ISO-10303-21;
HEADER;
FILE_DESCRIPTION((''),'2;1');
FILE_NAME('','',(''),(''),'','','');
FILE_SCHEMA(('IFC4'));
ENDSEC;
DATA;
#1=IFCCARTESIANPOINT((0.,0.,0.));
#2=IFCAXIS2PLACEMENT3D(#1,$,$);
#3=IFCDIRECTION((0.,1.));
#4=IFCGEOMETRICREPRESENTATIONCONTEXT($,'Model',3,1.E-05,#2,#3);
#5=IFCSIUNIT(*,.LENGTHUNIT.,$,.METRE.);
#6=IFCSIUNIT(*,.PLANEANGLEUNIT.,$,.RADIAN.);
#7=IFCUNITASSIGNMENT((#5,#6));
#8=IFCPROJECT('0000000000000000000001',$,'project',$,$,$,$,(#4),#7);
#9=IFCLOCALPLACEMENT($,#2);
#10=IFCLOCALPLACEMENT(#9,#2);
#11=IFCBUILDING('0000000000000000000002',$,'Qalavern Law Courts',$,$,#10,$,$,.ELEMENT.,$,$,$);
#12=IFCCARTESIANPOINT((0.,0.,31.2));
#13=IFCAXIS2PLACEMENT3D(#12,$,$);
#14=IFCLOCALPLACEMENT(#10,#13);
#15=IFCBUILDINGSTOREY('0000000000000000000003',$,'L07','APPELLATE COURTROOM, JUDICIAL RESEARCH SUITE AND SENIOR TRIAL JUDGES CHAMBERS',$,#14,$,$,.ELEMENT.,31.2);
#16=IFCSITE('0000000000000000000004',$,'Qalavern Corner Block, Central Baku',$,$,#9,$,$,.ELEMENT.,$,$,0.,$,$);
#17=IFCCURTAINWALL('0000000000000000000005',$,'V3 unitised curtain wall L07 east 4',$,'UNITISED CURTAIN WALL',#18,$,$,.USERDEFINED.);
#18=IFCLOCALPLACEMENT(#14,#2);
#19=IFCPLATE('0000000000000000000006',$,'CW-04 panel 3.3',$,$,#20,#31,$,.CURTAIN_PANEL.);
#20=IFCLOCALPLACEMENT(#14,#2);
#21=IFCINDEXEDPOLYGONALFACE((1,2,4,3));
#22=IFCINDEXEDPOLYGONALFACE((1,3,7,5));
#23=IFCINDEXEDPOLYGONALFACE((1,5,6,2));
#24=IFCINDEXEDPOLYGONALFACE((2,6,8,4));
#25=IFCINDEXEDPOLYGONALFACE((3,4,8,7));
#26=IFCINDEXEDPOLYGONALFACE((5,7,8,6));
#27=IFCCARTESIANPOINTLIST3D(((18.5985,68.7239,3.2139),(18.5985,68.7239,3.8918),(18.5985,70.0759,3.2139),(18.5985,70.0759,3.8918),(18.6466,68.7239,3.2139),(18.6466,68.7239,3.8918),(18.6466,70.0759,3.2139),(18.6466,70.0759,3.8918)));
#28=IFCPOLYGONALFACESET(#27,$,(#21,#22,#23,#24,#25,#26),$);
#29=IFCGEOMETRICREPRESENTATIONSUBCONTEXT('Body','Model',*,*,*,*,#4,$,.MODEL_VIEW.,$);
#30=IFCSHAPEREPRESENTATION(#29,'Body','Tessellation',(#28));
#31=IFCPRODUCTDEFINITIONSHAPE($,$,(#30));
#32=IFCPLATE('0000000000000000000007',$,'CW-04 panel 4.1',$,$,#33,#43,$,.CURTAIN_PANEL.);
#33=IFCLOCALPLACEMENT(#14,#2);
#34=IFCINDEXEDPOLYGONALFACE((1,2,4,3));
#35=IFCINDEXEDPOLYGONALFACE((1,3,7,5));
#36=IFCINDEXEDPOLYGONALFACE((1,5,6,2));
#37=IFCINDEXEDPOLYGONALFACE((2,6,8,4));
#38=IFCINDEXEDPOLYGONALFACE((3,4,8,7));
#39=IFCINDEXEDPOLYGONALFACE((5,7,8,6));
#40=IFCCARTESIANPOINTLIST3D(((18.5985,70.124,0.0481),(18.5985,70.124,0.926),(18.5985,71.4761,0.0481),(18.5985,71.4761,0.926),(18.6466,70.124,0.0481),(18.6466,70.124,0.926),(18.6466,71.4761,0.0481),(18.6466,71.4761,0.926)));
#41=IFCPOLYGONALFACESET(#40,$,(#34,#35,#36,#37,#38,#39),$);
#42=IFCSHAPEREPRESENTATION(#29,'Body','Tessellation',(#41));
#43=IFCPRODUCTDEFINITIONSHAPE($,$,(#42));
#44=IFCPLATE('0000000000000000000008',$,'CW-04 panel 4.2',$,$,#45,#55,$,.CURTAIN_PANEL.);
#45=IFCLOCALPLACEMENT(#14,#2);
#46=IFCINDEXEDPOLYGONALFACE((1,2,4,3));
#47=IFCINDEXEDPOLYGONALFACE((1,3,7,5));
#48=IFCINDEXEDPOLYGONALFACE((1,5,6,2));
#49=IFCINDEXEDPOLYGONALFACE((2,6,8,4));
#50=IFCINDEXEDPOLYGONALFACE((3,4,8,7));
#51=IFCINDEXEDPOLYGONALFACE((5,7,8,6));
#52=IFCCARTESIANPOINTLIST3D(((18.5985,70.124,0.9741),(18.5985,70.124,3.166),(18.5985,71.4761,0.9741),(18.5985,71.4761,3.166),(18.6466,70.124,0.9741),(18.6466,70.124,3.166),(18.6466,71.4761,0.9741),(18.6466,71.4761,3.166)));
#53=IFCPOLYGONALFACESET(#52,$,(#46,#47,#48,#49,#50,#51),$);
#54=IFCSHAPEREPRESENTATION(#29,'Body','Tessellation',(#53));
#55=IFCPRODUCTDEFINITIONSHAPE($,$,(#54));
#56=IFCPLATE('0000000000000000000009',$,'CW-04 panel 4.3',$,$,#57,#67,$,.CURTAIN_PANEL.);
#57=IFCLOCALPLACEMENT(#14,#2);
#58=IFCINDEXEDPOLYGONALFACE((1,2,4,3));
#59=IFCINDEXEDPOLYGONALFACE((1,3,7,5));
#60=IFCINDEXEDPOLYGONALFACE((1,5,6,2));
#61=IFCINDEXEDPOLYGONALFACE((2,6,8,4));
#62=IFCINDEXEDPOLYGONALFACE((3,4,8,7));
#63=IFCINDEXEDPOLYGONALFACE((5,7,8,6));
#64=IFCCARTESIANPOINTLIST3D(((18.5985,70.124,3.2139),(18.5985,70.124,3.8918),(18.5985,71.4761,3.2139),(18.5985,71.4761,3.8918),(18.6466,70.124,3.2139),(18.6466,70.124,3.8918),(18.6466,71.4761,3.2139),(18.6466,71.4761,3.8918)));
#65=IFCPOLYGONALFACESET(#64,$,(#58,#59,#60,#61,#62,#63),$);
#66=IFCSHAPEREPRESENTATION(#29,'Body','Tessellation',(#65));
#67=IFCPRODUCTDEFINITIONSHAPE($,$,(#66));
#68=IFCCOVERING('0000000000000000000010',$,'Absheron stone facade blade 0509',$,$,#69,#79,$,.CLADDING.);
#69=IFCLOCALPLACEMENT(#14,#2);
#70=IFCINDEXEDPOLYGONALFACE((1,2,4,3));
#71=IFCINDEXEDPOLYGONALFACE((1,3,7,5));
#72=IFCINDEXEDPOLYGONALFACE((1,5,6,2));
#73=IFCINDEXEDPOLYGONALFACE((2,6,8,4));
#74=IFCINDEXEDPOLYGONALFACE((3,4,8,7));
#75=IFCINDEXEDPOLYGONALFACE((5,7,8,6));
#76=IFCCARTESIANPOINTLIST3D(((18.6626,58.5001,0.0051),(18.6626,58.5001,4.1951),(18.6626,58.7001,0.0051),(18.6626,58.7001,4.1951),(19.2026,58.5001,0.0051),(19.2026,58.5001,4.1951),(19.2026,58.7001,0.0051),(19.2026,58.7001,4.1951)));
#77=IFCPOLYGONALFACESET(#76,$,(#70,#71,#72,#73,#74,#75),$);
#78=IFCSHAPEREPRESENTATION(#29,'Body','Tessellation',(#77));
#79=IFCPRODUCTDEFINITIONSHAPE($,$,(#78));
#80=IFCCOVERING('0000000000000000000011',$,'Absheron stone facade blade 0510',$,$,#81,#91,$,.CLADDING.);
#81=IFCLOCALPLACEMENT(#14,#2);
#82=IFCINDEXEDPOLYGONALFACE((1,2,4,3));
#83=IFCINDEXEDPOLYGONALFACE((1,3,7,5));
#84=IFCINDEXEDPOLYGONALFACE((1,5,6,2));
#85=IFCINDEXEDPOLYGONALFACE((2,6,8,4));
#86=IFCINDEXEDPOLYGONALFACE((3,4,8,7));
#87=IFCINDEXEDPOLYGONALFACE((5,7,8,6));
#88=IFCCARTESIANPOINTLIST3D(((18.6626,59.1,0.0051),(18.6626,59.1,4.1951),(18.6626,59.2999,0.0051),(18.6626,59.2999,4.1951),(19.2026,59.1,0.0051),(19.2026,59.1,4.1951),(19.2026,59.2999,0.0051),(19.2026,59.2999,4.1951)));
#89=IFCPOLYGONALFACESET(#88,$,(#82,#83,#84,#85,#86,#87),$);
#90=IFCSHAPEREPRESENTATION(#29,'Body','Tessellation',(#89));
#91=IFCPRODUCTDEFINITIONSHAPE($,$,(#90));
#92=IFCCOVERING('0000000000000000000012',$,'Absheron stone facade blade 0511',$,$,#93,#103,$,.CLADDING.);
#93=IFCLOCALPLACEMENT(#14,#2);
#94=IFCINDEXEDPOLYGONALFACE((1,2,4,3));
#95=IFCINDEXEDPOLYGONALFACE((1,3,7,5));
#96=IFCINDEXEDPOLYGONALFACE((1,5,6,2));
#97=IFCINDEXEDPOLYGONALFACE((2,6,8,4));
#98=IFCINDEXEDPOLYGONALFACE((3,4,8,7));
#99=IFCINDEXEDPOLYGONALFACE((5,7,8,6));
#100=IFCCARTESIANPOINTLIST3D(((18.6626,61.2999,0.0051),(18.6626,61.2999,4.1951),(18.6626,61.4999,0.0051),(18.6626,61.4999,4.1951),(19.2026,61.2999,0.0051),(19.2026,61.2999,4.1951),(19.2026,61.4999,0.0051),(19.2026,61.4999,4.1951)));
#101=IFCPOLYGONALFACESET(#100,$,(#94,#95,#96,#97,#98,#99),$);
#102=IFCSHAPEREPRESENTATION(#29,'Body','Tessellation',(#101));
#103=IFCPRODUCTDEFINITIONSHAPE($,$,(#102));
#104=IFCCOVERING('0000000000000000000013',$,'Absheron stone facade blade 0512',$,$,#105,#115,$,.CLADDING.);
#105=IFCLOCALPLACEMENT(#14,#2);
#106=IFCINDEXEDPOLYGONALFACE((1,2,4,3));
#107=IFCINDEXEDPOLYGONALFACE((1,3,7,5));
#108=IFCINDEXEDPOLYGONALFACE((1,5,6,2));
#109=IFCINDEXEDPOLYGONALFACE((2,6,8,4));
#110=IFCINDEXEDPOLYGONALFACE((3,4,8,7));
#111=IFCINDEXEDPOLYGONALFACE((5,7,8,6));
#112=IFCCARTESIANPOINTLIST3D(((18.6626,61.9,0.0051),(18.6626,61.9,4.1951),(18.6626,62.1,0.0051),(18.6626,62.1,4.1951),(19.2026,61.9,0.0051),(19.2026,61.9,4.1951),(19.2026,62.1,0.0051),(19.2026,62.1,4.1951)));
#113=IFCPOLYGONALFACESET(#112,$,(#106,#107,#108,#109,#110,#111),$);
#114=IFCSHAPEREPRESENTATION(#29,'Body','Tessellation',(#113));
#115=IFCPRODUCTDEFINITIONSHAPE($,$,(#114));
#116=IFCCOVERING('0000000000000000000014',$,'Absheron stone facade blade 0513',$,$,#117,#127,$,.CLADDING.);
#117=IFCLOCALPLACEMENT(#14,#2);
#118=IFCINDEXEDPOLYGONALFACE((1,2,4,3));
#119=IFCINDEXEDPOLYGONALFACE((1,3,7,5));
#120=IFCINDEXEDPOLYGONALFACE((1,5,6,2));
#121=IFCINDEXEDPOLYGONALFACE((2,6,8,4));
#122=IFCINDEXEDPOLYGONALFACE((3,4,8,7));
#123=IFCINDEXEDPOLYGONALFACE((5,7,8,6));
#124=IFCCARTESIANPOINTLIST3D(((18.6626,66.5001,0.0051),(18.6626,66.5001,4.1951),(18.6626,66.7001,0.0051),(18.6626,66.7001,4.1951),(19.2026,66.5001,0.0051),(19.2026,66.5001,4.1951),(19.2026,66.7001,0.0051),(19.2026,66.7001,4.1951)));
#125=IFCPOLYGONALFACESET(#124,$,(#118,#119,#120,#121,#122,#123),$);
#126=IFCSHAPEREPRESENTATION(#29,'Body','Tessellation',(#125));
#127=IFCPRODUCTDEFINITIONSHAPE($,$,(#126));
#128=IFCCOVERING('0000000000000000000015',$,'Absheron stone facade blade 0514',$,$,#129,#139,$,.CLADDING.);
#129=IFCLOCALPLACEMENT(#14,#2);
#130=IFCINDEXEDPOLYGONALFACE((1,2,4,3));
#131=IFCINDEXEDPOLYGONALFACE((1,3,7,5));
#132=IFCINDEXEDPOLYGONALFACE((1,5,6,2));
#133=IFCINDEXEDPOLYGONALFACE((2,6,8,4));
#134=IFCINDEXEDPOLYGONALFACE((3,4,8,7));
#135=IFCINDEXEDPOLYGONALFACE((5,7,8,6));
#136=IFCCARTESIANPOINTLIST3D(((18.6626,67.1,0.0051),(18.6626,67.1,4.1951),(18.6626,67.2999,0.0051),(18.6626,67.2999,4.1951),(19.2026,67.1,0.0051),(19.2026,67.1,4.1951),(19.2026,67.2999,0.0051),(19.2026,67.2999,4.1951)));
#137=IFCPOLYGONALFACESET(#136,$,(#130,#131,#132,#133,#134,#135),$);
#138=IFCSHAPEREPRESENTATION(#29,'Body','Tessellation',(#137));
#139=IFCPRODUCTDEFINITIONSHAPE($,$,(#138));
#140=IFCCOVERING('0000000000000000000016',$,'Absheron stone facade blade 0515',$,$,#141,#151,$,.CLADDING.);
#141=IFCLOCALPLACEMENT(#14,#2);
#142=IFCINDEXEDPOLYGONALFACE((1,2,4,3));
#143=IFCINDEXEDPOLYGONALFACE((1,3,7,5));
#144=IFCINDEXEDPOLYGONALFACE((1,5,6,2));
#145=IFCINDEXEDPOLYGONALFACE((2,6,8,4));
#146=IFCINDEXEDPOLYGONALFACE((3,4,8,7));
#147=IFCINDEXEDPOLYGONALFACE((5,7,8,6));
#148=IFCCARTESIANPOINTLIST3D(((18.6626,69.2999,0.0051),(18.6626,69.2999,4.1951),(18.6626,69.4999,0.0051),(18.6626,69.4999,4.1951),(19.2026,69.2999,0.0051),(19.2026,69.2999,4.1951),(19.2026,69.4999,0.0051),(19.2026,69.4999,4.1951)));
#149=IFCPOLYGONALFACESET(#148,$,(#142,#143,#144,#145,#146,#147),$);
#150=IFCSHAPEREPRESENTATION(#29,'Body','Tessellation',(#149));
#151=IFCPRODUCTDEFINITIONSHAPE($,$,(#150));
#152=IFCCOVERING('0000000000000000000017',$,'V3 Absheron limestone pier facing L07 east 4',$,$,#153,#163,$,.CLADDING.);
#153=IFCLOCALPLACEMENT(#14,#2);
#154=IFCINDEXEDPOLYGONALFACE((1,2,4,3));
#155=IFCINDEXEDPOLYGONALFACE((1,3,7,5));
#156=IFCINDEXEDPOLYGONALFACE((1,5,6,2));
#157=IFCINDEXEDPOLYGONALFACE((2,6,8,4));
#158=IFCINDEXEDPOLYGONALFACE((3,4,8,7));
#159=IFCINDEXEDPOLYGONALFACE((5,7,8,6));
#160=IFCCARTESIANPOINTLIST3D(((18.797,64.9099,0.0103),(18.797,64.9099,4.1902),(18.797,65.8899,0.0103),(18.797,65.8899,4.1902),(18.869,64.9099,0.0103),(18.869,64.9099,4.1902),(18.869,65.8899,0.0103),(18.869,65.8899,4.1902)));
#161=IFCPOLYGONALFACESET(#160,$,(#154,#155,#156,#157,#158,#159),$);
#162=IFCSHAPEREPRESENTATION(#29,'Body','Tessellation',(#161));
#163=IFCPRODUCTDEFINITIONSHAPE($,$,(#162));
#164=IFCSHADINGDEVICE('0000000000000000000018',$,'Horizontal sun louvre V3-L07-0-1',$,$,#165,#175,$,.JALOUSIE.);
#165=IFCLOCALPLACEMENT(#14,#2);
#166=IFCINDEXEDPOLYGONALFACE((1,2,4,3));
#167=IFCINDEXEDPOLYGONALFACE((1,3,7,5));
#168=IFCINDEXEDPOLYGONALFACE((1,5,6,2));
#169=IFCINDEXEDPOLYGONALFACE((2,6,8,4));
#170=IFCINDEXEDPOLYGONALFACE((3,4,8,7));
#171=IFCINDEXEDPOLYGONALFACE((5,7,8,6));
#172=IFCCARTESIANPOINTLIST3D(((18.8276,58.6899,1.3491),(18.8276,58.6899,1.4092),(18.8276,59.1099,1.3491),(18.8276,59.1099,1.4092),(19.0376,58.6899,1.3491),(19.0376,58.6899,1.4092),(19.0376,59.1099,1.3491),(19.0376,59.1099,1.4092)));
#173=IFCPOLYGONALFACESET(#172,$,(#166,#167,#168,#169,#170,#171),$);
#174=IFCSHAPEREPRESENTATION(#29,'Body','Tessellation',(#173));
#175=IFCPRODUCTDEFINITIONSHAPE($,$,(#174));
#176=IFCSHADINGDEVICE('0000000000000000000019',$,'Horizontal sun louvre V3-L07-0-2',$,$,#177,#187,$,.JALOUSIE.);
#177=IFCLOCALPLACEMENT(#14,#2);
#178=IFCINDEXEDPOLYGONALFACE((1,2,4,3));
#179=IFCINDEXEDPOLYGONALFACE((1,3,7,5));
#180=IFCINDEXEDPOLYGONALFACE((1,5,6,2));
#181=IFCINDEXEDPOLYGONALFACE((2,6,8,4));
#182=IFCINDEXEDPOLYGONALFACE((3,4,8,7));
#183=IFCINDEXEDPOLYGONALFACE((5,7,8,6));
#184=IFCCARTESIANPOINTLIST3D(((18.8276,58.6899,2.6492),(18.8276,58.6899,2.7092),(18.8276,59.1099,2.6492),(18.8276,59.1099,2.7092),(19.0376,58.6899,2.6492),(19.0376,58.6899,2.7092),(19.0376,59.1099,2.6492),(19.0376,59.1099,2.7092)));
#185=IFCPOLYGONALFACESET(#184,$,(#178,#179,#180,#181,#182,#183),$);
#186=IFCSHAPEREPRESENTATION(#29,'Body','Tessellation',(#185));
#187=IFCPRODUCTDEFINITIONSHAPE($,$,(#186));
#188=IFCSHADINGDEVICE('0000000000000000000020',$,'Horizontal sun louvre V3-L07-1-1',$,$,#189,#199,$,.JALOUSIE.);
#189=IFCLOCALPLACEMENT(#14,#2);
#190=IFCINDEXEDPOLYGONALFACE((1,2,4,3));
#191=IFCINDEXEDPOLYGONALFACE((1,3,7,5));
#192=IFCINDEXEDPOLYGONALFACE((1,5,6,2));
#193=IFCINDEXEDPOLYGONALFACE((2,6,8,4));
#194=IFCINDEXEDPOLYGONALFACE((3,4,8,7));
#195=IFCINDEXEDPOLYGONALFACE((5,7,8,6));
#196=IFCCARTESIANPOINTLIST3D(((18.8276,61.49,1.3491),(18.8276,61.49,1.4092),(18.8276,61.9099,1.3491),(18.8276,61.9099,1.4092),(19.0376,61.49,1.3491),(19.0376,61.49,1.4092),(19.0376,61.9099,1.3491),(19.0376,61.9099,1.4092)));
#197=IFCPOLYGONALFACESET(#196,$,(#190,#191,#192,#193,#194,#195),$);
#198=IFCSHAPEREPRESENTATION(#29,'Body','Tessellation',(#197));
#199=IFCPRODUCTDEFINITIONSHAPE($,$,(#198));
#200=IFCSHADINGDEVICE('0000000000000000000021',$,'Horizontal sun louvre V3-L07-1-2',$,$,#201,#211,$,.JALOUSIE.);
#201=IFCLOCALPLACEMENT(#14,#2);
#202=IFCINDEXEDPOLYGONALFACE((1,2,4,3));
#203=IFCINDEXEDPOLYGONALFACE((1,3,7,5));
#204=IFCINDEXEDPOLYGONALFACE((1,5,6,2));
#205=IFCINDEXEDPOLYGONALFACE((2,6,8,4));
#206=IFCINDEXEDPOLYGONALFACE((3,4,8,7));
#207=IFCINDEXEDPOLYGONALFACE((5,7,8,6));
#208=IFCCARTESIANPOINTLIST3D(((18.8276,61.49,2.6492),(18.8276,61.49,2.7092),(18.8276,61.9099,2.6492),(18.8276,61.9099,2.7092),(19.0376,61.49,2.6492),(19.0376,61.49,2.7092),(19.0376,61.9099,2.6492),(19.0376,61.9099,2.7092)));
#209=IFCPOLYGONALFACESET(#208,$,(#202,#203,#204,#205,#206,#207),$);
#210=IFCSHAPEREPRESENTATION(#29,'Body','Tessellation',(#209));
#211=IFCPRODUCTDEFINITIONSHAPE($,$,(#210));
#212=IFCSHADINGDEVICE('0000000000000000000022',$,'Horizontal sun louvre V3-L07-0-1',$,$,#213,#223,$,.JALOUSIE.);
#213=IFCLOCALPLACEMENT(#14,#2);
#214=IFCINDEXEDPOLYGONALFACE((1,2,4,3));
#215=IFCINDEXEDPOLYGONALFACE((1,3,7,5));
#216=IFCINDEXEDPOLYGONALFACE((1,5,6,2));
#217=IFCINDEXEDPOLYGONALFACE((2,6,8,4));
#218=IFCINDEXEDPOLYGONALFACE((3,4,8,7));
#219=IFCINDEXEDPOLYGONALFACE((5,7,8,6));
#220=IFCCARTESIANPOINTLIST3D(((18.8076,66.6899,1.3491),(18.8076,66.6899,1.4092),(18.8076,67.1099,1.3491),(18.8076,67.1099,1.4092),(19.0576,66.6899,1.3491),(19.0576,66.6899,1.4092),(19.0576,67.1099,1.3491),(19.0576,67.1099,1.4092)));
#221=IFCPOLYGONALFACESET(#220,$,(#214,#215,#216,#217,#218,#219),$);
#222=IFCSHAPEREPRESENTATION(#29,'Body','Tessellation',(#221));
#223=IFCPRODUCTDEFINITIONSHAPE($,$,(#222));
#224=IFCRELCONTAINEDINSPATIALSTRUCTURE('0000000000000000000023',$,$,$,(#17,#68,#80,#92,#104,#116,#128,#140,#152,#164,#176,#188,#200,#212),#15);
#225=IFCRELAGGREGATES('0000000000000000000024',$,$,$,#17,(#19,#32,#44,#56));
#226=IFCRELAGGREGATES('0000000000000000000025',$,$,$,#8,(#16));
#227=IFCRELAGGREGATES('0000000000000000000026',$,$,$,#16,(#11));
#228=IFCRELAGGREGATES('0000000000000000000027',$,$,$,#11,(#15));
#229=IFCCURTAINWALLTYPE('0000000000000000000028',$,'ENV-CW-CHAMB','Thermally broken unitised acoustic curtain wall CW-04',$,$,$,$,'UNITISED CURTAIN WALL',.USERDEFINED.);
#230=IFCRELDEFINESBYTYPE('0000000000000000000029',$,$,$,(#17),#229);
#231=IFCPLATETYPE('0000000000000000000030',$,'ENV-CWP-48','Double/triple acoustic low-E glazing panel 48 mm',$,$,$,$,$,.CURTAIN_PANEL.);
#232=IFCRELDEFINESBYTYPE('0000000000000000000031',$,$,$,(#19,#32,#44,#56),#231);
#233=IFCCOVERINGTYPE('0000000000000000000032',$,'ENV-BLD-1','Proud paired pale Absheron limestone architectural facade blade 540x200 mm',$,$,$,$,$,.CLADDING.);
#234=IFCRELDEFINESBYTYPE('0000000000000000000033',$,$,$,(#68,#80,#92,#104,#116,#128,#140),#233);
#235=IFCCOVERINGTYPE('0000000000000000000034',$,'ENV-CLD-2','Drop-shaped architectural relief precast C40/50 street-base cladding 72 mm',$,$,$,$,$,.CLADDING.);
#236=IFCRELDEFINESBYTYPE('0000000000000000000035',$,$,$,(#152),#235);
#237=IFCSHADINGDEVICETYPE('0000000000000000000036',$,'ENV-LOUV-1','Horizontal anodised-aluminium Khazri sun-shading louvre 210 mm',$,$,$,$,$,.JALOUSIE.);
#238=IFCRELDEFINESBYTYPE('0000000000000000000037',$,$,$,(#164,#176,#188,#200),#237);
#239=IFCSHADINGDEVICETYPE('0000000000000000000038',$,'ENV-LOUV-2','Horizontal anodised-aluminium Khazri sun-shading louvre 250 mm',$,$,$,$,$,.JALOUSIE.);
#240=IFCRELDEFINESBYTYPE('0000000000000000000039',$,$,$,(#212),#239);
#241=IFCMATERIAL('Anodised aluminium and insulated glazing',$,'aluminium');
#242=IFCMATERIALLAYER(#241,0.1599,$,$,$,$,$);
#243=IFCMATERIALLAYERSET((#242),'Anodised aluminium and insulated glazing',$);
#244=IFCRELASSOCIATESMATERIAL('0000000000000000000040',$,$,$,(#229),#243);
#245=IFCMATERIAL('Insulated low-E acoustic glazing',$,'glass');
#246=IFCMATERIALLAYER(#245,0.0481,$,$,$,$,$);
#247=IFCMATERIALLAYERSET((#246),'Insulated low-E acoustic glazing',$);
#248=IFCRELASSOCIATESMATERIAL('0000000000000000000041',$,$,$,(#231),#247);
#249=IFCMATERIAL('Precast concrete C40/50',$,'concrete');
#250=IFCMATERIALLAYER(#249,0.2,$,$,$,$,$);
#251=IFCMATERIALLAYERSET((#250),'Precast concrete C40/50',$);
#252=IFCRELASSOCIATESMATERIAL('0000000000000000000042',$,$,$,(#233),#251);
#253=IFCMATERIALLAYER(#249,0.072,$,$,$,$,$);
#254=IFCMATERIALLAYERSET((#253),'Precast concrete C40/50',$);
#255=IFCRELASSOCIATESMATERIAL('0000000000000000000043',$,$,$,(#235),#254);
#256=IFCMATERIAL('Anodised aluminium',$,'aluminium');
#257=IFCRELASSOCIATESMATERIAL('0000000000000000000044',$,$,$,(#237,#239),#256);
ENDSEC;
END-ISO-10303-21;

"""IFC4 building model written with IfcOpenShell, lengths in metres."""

from ifc_helpers import new_model, si_unit, direction, frame, origin, origin_2d, place, context, subcontext, project, spatial, rectangle, extrude, material, layer, layer_set, type_object, element, aggregate, save


model = new_model("IFC4")

# Units and contexts
model_context = context("Model", 3, precision=1e-05, world=origin(), true_north=direction((0.0, 1.0)))
body_context = subcontext(model_context, "Body", "Model", "MODEL_VIEW")
ifc_project = project(units=[si_unit("LENGTHUNIT", "METRE"), si_unit("PLANEANGLEUNIT", "RADIAN")], contexts=[model_context])

# Site, building, storey
site_placement = place(None, origin())
site = spatial("IfcSite", under=ifc_project, at=site_placement, Name="Qalavern Corner Block, Central Baku", CompositionType="ELEMENT", RefElevation=0.0)
building_placement = place(site_placement, origin())
building = spatial("IfcBuilding", under=site, at=building_placement, Name="Qalavern Law Courts", CompositionType="ELEMENT")
storey_placement = place(building_placement, frame((0.0, 0.0, 31.2)))
storey = spatial("IfcBuildingStorey", under=building, at=storey_placement, Name="L07", Description="APPELLATE COURTROOM, JUDICIAL RESEARCH SUITE AND SENIOR TRIAL JUDGES CHAMBERS", CompositionType="ELEMENT", Elevation=31.2)

# Curtain wall, plates
ifc_material_1 = material(Name="Anodised aluminium and insulated glazing", Category="aluminium")
ifc_layer_1 = layer(ifc_material_1, 0.1599)
ifc_layer_set_1 = layer_set([ifc_layer_1], Name="Anodised aluminium and insulated glazing")
curtain_wall_type = type_object("IfcCurtainWallType", Name="ENV-CW-CHAMB", Description="Thermally broken unitised acoustic curtain wall CW-04", ElementType="UNITISED CURTAIN WALL", PredefinedType="USERDEFINED", material=ifc_layer_set_1)
curtain_wall_placement = place(storey_placement, origin())
curtain_wall = element("IfcCurtainWall", 1, at=curtain_wall_placement, inside=storey, type_object=curtain_wall_type, Name="V3 unitised curtain wall L07 east 4", ObjectType="UNITISED CURTAIN WALL", PredefinedType="USERDEFINED")
ifc_material_2 = material(Name="Anodised aluminium", Category="aluminium")
ifc_material_3 = material(Name="Insulated low-E acoustic glazing", Category="glass")
ifc_layer_2 = layer(ifc_material_3, 0.0481)
ifc_layer_set_2 = layer_set([ifc_layer_2], Name="Insulated low-E acoustic glazing")
plate_type = type_object("IfcPlateType", Name="ENV-CWP-48", Description="Double/triple acoustic low-E glazing panel 48 mm", PredefinedType="CURTAIN_PANEL", material=ifc_layer_set_2)
plate_1_placement = place(storey_placement, frame((18.6226, 69.3999, 3.2139), z_axis=(0.0, 0.0, 1.0), x_axis=(0.0, 1.0, 0.0)))
plate_1 = element("IfcPlate", 2, at=plate_1_placement, type_object=plate_type, Name="CW-04 panel 3.3", PredefinedType="CURTAIN_PANEL", context=body_context, shape_type="SweptSolid", body=[
    extrude(rectangle(XDim=1.3521, YDim=0.0481, at=origin_2d()), origin(), (0.0, 0.0, 1.0), 0.678),
])
plate_2_placement = place(storey_placement, frame((18.6226, 70.8, 0.0481), z_axis=(0.0, 0.0, 1.0), x_axis=(0.0, 1.0, 0.0)))
plate_2 = element("IfcPlate", 3, at=plate_2_placement, type_object=plate_type, Name="CW-04 panel 4.1", PredefinedType="CURTAIN_PANEL", context=body_context, shape_type="SweptSolid", body=[
    extrude(rectangle(XDim=1.3521, YDim=0.0481, at=origin_2d()), origin(), (0.0, 0.0, 1.0), 0.8779),
])
plate_3_placement = place(storey_placement, frame((18.6226, 70.8, 0.9741), z_axis=(0.0, 0.0, 1.0), x_axis=(0.0, 1.0, 0.0)))
plate_3 = element("IfcPlate", 4, at=plate_3_placement, type_object=plate_type, Name="CW-04 panel 4.2", PredefinedType="CURTAIN_PANEL", context=body_context, shape_type="SweptSolid", body=[
    extrude(rectangle(XDim=1.3521, YDim=0.0481, at=origin_2d()), origin(), (0.0, 0.0, 1.0), 2.1919),
])
plate_4_placement = place(storey_placement, frame((18.6226, 70.8, 3.2139), z_axis=(0.0, 0.0, 1.0), x_axis=(0.0, 1.0, 0.0)))
plate_4 = element("IfcPlate", 5, at=plate_4_placement, type_object=plate_type, Name="CW-04 panel 4.3", PredefinedType="CURTAIN_PANEL", context=body_context, shape_type="SweptSolid", body=[
    extrude(rectangle(XDim=1.3521, YDim=0.0481, at=origin_2d()), origin(), (0.0, 0.0, 1.0), 0.678),
])
aggregate(curtain_wall, [plate_1, plate_2, plate_3, plate_4])

# Coverings
ifc_material_4 = material(Name="Precast concrete C40/50", Category="concrete")
ifc_layer_3 = layer(ifc_material_4, 0.2)
ifc_layer_set_3 = layer_set([ifc_layer_3], Name="Precast concrete C40/50")
covering_type_1 = type_object("IfcCoveringType", Name="ENV-BLD-1", Description="Proud paired pale Absheron limestone architectural facade blade 540x200 mm", PredefinedType="CLADDING", material=ifc_layer_set_3)
for number, where, z_axis, x_axis, name in (
    (6, (18.9326, 58.6001, 0.0051), (0.0, 0.0, 1.0), (1.0, 0.0, 0.0), "Absheron stone facade blade 0509"),
    (7, (18.9326, 59.2, 0.0051), (0.0, 0.0, 1.0), (1.0, 0.0, 0.0), "Absheron stone facade blade 0510"),
    (8, (18.9326, 61.3999, 0.0051), (0.0, 0.0, 1.0), (1.0, 0.0, 0.0), "Absheron stone facade blade 0511"),
    (9, (18.9326, 62.0, 0.0051), (0.0, 0.0, 1.0), (1.0, 0.0, 0.0), "Absheron stone facade blade 0512"),
    (10, (18.9326, 66.6001, 0.0051), (0.0, 0.0, 1.0), (1.0, 0.0, 0.0), "Absheron stone facade blade 0513"),
    (11, (18.9326, 67.2, 0.0051), (0.0, 0.0, 1.0), (1.0, 0.0, 0.0), "Absheron stone facade blade 0514"),
    (12, (18.9326, 69.3999, 0.0051), (0.0, 0.0, 1.0), (1.0, 0.0, 0.0), "Absheron stone facade blade 0515"),
):
    element("IfcCovering", number, at=place(storey_placement, frame(where, z_axis=z_axis, x_axis=x_axis)), inside=storey, type_object=covering_type_1, Name=name, PredefinedType="CLADDING", context=body_context, shape_type="SweptSolid", body=[
        extrude(rectangle(XDim=0.54, YDim=0.2, at=origin_2d()), origin(), (0.0, 0.0, 1.0), 4.1899),
    ])
ifc_layer_4 = layer(ifc_material_4, 0.072)
ifc_layer_set_4 = layer_set([ifc_layer_4], Name="Precast concrete C40/50")
covering_type_2 = type_object("IfcCoveringType", Name="ENV-CLD-2", Description="Drop-shaped architectural relief precast C40/50 street-base cladding 72 mm", PredefinedType="CLADDING", material=ifc_layer_set_4)
covering_placement = place(storey_placement, frame((18.833, 65.3999, 0.0103), z_axis=(0.0, 0.0, 1.0), x_axis=(0.0, 1.0, 0.0)))
element("IfcCovering", 13, at=covering_placement, inside=storey, type_object=covering_type_2, Name="V3 Absheron limestone pier facing L07 east 4", PredefinedType="CLADDING", context=body_context, shape_type="SweptSolid", body=[
    extrude(rectangle(XDim=0.98, YDim=0.072, at=origin_2d()), origin(), (0.0, 0.0, 1.0), 4.1799),
])

# Shading devices
shading_device_type_1 = type_object("IfcShadingDeviceType", Name="ENV-LOUV-1", Description="Horizontal anodised-aluminium Khazri sun-shading louvre 210 mm", PredefinedType="JALOUSIE", material=ifc_material_2)
for number, where, z_axis, x_axis, name in (
    (14, (18.9326, 58.8999, 1.3491), (0.0, 0.0, 1.0), (0.0, 1.0, 0.0), "Horizontal sun louvre V3-L07-0-1"),
    (15, (18.9326, 58.8999, 2.6492), (0.0, 0.0, 1.0), (0.0, 1.0, 0.0), "Horizontal sun louvre V3-L07-0-2"),
    (16, (18.9326, 61.7, 1.3491), (0.0, 0.0, 1.0), (0.0, 1.0, 0.0), "Horizontal sun louvre V3-L07-1-1"),
    (17, (18.9326, 61.7, 2.6492), (0.0, 0.0, 1.0), (0.0, 1.0, 0.0), "Horizontal sun louvre V3-L07-1-2"),
):
    element("IfcShadingDevice", number, at=place(storey_placement, frame(where, z_axis=z_axis, x_axis=x_axis)), inside=storey, type_object=shading_device_type_1, Name=name, PredefinedType="JALOUSIE", context=body_context, shape_type="SweptSolid", body=[
        extrude(rectangle(XDim=0.4199, YDim=0.21, at=origin_2d()), origin(), (0.0, 0.0, 1.0), 0.0601),
    ])
shading_device_type_2 = type_object("IfcShadingDeviceType", Name="ENV-LOUV-2", Description="Horizontal anodised-aluminium Khazri sun-shading louvre 250 mm", PredefinedType="JALOUSIE", material=ifc_material_2)
for number, where, z_axis, x_axis, name in (
    (18, (18.9326, 66.8999, 1.3491), (0.0, 0.0, 1.0), (0.0, 1.0, 0.0), "Horizontal sun louvre V3-L07-0-1"),
):
    element("IfcShadingDevice", number, at=place(storey_placement, frame(where, z_axis=z_axis, x_axis=x_axis)), inside=storey, type_object=shading_device_type_2, Name=name, PredefinedType="JALOUSIE", context=body_context, shape_type="SweptSolid", body=[
        extrude(rectangle(XDim=0.4199, YDim=0.25, at=origin_2d()), origin(), (0.0, 0.0, 1.0), 0.0601),
    ])

save(model, "model.ifc")
